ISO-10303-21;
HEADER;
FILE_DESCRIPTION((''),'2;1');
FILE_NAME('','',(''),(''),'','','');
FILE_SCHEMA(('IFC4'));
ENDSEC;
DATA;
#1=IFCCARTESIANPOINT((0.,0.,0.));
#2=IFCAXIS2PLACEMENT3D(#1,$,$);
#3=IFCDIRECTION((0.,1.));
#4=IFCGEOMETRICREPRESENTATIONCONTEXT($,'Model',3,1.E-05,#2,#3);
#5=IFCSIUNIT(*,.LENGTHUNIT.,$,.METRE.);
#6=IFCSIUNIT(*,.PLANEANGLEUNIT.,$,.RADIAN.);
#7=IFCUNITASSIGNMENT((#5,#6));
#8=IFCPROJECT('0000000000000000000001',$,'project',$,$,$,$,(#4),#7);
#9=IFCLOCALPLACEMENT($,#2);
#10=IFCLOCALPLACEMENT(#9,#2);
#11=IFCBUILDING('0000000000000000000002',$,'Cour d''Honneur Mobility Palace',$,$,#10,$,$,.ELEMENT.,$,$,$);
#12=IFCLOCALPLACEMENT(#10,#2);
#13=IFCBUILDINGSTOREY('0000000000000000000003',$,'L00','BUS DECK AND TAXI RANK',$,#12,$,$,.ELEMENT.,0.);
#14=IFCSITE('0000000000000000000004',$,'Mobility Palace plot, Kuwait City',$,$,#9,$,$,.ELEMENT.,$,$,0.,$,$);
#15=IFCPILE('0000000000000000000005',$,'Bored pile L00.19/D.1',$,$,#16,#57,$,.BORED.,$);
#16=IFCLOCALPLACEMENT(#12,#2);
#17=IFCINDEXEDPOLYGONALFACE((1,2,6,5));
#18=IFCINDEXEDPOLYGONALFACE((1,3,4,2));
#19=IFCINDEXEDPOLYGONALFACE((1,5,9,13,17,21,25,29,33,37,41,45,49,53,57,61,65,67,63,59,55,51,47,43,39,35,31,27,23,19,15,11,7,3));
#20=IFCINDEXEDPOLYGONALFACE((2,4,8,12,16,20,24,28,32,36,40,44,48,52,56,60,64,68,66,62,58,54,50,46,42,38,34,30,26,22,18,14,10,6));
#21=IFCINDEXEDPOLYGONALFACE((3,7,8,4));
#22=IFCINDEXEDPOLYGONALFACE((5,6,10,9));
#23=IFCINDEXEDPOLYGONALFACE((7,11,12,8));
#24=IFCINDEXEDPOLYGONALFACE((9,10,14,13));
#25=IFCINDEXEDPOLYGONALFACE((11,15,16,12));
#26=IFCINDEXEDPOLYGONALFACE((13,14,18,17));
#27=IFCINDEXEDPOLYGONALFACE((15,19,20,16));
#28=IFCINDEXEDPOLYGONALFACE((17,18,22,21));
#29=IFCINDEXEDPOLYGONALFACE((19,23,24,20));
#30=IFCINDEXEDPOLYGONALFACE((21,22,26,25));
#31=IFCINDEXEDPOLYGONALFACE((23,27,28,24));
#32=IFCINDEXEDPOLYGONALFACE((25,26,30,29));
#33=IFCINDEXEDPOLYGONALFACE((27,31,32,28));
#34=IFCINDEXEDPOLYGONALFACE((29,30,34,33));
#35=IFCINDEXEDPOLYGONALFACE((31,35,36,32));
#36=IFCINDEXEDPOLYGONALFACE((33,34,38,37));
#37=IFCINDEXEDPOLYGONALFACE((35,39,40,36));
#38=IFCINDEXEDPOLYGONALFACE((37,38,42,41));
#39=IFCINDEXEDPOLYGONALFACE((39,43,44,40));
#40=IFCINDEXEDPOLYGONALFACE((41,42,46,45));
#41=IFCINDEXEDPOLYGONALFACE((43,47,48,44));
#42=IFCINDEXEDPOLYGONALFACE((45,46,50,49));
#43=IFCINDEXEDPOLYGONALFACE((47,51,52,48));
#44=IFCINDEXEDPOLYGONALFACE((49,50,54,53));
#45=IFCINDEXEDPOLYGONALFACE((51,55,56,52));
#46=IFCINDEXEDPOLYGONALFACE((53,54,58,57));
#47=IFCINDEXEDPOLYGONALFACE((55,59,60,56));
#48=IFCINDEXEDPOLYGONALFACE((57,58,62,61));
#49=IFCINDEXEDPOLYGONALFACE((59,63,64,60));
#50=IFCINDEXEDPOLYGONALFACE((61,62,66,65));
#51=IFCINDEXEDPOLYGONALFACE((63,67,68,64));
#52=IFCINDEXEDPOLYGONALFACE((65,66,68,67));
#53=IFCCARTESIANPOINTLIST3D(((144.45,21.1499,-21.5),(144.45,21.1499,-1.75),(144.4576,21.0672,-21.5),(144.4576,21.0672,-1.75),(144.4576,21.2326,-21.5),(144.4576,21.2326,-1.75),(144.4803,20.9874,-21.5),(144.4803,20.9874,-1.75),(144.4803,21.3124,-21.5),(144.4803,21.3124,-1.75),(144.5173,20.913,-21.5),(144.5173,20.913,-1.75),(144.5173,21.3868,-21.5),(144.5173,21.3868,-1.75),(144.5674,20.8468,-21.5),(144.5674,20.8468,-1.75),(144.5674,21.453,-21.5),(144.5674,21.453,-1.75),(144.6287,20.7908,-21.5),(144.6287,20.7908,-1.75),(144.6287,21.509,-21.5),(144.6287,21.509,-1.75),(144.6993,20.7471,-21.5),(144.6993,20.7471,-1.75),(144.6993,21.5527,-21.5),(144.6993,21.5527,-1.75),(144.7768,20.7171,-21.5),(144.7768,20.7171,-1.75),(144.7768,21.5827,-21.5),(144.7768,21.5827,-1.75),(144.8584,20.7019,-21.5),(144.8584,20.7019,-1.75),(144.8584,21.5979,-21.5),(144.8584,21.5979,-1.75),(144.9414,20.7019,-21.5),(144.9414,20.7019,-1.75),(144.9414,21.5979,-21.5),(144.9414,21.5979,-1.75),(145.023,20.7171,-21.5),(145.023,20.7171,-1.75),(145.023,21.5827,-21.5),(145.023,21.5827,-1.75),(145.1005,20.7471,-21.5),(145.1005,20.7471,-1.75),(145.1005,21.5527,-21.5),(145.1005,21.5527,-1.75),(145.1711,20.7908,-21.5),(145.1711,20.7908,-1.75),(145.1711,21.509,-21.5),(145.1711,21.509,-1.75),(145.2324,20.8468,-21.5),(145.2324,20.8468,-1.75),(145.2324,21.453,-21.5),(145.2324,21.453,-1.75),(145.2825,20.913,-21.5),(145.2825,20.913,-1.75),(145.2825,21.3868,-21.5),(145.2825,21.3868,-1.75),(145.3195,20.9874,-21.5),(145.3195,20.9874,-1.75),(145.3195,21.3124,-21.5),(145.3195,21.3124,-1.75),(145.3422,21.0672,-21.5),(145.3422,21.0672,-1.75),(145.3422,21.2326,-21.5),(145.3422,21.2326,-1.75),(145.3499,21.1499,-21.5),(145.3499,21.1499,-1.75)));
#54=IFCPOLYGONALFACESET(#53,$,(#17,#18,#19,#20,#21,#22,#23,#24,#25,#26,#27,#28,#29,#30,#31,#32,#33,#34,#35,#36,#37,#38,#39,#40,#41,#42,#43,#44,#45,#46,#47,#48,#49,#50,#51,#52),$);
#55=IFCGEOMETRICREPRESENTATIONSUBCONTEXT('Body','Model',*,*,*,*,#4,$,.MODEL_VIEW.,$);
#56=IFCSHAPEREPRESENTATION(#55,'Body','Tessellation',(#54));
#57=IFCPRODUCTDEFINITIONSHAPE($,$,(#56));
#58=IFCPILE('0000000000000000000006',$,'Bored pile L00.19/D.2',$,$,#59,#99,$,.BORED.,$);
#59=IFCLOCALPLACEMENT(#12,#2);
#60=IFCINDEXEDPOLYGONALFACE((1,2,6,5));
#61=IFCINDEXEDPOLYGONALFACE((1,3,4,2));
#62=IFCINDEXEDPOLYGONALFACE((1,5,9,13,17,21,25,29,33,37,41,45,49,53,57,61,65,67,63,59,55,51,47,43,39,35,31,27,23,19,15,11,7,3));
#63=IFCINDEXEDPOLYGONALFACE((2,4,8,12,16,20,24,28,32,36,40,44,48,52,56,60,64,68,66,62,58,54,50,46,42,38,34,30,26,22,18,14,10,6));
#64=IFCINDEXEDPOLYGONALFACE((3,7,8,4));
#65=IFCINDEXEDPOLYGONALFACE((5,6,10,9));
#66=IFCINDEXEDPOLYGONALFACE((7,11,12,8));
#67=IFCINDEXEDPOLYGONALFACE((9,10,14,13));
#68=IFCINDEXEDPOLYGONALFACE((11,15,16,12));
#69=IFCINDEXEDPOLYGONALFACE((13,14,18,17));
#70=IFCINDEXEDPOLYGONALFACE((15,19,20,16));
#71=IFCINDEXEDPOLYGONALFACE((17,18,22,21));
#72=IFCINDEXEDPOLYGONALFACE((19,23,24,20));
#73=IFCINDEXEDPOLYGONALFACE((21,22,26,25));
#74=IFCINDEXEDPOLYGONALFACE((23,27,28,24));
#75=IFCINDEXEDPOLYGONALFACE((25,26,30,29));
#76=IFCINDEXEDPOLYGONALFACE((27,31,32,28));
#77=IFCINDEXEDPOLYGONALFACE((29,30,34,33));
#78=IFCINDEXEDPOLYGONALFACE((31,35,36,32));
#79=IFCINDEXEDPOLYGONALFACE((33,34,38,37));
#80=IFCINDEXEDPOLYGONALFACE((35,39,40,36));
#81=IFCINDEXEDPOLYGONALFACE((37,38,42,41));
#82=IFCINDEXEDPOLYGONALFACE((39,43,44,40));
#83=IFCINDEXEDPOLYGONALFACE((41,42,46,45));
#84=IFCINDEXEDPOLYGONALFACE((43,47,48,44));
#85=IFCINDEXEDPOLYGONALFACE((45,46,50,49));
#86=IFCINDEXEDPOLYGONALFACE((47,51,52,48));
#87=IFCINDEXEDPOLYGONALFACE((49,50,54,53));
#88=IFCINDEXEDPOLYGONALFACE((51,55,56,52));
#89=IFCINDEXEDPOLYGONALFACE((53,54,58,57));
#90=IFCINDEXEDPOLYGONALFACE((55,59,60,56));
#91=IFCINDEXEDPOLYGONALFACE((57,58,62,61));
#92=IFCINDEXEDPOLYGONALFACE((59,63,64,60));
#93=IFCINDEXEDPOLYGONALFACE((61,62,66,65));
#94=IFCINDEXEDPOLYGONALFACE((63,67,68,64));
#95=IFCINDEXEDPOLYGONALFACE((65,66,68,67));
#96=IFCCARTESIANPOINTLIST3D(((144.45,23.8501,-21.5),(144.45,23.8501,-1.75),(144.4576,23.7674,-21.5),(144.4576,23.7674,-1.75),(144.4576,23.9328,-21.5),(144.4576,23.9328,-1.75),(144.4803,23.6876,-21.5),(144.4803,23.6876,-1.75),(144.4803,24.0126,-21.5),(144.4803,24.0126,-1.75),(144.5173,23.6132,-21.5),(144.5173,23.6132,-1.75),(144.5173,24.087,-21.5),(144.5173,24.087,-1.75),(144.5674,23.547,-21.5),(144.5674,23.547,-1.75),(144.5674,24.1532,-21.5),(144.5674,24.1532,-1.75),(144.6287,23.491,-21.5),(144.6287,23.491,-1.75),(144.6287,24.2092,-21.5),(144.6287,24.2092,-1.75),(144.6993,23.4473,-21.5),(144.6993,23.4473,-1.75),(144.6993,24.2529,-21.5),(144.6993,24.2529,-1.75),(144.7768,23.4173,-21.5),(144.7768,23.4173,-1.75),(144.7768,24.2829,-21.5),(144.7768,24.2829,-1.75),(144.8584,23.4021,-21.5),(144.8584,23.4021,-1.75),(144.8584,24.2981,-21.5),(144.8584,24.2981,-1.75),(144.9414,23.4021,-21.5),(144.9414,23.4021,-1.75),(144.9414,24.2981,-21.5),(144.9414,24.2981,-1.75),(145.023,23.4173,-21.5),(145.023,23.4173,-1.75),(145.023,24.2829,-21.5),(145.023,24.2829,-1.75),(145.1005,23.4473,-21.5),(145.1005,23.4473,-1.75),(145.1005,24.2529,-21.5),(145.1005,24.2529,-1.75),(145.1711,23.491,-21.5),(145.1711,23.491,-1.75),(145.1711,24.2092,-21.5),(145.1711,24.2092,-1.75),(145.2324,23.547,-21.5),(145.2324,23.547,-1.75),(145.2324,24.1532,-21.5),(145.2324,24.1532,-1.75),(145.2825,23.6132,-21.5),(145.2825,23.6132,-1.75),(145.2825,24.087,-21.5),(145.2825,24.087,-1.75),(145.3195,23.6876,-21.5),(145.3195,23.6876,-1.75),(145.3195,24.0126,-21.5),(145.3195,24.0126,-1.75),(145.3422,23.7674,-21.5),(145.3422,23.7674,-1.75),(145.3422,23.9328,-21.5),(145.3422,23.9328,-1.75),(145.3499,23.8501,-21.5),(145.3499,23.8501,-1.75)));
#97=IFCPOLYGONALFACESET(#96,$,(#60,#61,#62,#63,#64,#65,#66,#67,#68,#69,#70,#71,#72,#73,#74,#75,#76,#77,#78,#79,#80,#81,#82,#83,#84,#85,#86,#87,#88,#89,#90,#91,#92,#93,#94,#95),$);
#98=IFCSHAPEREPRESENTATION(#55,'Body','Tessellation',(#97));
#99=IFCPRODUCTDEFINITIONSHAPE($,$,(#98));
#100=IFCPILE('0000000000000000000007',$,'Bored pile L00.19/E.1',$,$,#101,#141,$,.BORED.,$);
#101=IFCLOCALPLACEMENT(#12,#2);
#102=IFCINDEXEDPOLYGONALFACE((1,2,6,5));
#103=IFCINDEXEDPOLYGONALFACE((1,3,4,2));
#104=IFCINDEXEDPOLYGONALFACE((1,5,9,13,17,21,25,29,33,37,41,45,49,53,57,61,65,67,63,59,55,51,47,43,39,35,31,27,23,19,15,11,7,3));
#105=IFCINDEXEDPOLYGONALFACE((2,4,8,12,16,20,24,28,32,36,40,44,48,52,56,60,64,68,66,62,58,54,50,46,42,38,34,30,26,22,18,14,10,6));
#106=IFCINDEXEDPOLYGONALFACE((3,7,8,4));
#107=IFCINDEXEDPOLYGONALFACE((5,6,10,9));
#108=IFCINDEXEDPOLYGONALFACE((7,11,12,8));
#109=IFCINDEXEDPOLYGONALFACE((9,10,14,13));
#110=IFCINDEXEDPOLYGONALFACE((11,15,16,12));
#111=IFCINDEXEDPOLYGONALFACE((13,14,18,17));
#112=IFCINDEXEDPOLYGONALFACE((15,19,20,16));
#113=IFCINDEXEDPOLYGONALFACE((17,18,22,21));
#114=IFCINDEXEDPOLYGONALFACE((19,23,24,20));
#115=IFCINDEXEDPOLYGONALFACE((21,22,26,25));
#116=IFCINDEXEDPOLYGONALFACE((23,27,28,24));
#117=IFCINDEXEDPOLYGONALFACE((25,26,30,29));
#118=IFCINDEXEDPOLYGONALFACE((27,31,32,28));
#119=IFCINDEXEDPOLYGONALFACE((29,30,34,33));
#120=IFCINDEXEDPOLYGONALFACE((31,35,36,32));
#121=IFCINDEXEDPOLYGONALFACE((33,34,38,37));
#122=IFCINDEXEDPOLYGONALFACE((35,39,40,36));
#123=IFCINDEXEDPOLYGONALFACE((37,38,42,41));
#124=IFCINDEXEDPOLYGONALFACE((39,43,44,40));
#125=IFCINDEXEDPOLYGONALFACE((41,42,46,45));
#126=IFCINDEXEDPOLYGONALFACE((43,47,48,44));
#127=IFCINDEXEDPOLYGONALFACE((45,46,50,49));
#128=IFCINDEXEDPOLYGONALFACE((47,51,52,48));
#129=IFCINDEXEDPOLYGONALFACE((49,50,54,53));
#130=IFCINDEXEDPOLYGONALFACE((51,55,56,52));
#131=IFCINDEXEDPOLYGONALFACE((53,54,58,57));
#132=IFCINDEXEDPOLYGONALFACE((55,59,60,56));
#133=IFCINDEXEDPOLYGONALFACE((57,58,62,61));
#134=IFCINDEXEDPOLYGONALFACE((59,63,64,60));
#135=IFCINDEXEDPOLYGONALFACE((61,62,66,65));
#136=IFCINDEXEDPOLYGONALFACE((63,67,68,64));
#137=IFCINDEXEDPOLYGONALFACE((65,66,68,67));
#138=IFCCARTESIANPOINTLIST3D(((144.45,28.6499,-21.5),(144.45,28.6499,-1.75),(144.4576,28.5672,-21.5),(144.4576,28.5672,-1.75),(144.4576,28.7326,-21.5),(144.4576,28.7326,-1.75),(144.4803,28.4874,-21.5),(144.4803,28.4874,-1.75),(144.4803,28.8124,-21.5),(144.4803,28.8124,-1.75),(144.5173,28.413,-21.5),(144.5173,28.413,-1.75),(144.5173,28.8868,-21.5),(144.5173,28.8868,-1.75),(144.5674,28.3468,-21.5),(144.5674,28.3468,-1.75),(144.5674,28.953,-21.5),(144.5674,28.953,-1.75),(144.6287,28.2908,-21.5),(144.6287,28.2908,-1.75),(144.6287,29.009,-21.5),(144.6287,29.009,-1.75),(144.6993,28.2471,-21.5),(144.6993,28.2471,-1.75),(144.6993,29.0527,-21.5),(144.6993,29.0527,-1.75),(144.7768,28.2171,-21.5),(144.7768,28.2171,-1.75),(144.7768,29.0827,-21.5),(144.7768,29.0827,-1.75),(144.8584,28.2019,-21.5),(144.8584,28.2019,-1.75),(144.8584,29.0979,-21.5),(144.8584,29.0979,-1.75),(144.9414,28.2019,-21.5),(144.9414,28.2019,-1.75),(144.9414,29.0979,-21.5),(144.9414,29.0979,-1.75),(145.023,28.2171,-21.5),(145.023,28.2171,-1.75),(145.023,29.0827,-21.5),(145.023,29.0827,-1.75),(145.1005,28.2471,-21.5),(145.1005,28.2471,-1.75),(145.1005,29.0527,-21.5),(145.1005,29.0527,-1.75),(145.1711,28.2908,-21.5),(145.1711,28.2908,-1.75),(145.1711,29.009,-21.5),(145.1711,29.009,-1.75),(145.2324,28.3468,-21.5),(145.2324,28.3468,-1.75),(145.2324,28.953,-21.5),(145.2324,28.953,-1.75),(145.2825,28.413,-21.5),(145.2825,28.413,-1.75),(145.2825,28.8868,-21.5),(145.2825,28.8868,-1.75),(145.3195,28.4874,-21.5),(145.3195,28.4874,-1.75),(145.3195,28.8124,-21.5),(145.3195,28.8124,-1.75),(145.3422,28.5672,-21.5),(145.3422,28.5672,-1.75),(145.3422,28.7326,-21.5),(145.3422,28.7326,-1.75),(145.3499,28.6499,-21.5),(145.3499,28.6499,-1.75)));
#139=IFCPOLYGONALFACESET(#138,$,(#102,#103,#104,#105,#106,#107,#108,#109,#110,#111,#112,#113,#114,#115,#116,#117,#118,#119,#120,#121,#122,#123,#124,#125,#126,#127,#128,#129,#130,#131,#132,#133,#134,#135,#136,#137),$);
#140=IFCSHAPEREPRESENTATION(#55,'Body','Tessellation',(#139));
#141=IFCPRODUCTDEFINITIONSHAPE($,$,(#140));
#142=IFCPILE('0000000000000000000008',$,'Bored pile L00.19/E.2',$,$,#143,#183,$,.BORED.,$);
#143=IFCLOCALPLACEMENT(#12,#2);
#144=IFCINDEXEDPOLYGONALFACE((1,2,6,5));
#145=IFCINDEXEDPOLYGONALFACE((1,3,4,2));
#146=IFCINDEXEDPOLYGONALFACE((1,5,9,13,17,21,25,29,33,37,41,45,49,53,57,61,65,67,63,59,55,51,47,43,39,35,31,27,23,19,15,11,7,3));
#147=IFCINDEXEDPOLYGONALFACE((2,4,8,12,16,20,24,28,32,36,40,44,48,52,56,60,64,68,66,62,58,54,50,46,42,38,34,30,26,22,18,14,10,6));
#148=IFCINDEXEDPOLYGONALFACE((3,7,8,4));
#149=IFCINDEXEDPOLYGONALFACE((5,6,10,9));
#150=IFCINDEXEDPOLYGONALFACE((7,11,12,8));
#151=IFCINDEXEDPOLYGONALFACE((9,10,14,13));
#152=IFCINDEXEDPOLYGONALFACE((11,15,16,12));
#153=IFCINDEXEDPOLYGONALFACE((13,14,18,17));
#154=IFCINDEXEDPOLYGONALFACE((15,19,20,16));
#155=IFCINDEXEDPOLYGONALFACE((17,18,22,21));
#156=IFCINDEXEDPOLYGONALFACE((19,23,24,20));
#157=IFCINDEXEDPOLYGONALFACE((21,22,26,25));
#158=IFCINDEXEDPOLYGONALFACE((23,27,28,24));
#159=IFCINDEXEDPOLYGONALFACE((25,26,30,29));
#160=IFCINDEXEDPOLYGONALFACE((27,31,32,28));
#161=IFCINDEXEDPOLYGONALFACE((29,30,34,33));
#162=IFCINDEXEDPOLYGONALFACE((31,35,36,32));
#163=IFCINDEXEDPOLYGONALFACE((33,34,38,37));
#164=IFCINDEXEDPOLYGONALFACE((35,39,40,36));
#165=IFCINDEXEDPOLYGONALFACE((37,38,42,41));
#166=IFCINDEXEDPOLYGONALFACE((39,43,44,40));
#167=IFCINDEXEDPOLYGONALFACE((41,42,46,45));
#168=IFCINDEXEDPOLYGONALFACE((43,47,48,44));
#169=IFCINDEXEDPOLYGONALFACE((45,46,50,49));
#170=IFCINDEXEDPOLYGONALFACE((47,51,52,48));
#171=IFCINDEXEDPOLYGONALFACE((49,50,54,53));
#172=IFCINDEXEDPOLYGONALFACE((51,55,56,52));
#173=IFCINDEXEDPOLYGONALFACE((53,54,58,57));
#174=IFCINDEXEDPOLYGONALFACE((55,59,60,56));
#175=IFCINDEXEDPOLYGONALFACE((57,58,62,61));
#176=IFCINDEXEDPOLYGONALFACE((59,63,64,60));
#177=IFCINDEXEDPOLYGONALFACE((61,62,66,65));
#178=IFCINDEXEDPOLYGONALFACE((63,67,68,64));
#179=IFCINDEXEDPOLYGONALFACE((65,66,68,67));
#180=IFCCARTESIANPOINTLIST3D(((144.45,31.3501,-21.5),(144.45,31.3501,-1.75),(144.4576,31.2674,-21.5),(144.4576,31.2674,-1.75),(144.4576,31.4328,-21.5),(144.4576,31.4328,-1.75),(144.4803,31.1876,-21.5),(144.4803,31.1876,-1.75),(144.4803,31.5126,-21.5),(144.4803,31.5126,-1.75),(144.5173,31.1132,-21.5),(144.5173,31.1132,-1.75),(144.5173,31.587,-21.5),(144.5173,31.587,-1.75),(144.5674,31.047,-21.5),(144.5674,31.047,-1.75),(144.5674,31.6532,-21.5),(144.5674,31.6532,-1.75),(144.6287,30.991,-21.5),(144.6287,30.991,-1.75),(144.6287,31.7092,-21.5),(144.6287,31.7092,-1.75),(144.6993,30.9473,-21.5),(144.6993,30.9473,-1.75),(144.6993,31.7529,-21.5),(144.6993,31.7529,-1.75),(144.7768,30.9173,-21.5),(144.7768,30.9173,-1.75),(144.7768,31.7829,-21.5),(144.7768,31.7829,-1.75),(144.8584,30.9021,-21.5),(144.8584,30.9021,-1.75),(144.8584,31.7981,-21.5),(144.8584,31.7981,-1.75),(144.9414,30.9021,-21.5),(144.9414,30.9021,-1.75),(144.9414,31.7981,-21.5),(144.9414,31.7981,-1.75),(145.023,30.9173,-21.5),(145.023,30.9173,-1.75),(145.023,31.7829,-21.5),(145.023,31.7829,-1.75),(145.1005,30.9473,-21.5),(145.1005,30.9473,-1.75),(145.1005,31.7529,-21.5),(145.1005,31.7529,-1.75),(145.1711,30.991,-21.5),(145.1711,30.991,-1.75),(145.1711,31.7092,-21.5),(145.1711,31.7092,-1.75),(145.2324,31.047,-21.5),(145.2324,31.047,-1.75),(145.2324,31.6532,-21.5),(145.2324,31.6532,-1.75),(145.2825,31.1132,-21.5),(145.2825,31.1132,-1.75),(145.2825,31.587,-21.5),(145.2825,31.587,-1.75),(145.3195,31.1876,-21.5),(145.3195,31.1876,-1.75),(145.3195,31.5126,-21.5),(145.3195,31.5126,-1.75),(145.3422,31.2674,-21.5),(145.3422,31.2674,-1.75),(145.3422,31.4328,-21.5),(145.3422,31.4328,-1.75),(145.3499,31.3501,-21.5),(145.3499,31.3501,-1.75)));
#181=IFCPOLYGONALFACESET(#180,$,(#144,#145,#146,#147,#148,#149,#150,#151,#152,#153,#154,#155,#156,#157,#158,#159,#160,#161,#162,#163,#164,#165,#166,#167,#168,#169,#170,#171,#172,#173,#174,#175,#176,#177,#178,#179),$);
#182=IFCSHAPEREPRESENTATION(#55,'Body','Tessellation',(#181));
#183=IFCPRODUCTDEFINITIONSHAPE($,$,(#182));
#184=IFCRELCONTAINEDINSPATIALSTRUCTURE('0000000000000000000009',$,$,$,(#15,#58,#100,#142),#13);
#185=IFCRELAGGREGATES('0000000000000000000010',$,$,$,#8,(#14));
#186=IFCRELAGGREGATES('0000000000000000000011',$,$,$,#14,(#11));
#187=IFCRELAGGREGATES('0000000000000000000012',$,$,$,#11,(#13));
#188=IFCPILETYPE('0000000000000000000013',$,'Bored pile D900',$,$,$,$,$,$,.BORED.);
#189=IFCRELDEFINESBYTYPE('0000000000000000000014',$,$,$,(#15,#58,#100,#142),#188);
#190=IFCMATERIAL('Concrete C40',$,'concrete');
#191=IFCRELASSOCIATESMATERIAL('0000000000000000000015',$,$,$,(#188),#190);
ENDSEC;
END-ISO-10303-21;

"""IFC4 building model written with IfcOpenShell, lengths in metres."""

from ifc_helpers import new_model, si_unit, direction, frame, origin, origin_2d, place, context, subcontext, project, spatial, circle, extrude, material, material_profile, profile_set, type_object, element, save


model = new_model("IFC4")

# Units and contexts
model_context = context("Model", 3, precision=1e-05, world=origin(), true_north=direction((0.0, 1.0)))
body_context = subcontext(model_context, "Body", "Model", "MODEL_VIEW")
ifc_project = project(units=[si_unit("LENGTHUNIT", "METRE"), si_unit("PLANEANGLEUNIT", "RADIAN")], contexts=[model_context])

# Site, building, storey
site_placement = place(None, origin())
site = spatial("IfcSite", under=ifc_project, at=site_placement, Name="Mobility Palace plot, Kuwait City", CompositionType="ELEMENT", RefElevation=0.0)
building_placement = place(site_placement, origin())
building = spatial("IfcBuilding", under=site, at=building_placement, Name="Cour d'Honneur Mobility Palace", CompositionType="ELEMENT")
storey_placement = place(building_placement, origin())
storey = spatial("IfcBuildingStorey", under=building, at=storey_placement, Name="L00", Description="BUS DECK AND TAXI RANK", CompositionType="ELEMENT", Elevation=0.0)

# Piles
ifc_material_1 = material(Name="Concrete C40", Category="concrete")
ifc_material_profile_1 = material_profile(ifc_material_1, circle(Radius=0.45, at=origin_2d()), Name="Bored pile D900")
ifc_profile_set_1 = profile_set([ifc_material_profile_1], Name="Concrete C40")
pile_type = type_object("IfcPileType", Name="Bored pile D900", PredefinedType="BORED", material=ifc_profile_set_1)
for number, where, z_axis, x_axis, name in (
    (1, (144.8999, 21.1499, -1.75), (0.0, 0.0, -1.0), (1.0, 0.0, 0.0), "Bored pile L00.19/D.1"),
    (2, (144.8999, 23.8501, -1.75), (0.0, 0.0, -1.0), (1.0, 0.0, 0.0), "Bored pile L00.19/D.2"),
    (3, (144.8999, 28.6499, -1.75), (0.0, 0.0, -1.0), (1.0, 0.0, 0.0), "Bored pile L00.19/E.1"),
    (4, (144.8999, 31.3501, -1.75), (0.0, 0.0, -1.0), (1.0, 0.0, 0.0), "Bored pile L00.19/E.2"),
):
    element("IfcPile", number, at=place(storey_placement, frame(where, z_axis=z_axis, x_axis=x_axis)), inside=storey, type_object=pile_type, Name=name, PredefinedType="BORED", context=body_context, shape_type="SweptSolid", body=[
        extrude(circle(Radius=0.45, at=origin_2d()), origin(), (0.0, 0.0, 1.0), 19.75),
    ])

save(model, "model.ifc")
